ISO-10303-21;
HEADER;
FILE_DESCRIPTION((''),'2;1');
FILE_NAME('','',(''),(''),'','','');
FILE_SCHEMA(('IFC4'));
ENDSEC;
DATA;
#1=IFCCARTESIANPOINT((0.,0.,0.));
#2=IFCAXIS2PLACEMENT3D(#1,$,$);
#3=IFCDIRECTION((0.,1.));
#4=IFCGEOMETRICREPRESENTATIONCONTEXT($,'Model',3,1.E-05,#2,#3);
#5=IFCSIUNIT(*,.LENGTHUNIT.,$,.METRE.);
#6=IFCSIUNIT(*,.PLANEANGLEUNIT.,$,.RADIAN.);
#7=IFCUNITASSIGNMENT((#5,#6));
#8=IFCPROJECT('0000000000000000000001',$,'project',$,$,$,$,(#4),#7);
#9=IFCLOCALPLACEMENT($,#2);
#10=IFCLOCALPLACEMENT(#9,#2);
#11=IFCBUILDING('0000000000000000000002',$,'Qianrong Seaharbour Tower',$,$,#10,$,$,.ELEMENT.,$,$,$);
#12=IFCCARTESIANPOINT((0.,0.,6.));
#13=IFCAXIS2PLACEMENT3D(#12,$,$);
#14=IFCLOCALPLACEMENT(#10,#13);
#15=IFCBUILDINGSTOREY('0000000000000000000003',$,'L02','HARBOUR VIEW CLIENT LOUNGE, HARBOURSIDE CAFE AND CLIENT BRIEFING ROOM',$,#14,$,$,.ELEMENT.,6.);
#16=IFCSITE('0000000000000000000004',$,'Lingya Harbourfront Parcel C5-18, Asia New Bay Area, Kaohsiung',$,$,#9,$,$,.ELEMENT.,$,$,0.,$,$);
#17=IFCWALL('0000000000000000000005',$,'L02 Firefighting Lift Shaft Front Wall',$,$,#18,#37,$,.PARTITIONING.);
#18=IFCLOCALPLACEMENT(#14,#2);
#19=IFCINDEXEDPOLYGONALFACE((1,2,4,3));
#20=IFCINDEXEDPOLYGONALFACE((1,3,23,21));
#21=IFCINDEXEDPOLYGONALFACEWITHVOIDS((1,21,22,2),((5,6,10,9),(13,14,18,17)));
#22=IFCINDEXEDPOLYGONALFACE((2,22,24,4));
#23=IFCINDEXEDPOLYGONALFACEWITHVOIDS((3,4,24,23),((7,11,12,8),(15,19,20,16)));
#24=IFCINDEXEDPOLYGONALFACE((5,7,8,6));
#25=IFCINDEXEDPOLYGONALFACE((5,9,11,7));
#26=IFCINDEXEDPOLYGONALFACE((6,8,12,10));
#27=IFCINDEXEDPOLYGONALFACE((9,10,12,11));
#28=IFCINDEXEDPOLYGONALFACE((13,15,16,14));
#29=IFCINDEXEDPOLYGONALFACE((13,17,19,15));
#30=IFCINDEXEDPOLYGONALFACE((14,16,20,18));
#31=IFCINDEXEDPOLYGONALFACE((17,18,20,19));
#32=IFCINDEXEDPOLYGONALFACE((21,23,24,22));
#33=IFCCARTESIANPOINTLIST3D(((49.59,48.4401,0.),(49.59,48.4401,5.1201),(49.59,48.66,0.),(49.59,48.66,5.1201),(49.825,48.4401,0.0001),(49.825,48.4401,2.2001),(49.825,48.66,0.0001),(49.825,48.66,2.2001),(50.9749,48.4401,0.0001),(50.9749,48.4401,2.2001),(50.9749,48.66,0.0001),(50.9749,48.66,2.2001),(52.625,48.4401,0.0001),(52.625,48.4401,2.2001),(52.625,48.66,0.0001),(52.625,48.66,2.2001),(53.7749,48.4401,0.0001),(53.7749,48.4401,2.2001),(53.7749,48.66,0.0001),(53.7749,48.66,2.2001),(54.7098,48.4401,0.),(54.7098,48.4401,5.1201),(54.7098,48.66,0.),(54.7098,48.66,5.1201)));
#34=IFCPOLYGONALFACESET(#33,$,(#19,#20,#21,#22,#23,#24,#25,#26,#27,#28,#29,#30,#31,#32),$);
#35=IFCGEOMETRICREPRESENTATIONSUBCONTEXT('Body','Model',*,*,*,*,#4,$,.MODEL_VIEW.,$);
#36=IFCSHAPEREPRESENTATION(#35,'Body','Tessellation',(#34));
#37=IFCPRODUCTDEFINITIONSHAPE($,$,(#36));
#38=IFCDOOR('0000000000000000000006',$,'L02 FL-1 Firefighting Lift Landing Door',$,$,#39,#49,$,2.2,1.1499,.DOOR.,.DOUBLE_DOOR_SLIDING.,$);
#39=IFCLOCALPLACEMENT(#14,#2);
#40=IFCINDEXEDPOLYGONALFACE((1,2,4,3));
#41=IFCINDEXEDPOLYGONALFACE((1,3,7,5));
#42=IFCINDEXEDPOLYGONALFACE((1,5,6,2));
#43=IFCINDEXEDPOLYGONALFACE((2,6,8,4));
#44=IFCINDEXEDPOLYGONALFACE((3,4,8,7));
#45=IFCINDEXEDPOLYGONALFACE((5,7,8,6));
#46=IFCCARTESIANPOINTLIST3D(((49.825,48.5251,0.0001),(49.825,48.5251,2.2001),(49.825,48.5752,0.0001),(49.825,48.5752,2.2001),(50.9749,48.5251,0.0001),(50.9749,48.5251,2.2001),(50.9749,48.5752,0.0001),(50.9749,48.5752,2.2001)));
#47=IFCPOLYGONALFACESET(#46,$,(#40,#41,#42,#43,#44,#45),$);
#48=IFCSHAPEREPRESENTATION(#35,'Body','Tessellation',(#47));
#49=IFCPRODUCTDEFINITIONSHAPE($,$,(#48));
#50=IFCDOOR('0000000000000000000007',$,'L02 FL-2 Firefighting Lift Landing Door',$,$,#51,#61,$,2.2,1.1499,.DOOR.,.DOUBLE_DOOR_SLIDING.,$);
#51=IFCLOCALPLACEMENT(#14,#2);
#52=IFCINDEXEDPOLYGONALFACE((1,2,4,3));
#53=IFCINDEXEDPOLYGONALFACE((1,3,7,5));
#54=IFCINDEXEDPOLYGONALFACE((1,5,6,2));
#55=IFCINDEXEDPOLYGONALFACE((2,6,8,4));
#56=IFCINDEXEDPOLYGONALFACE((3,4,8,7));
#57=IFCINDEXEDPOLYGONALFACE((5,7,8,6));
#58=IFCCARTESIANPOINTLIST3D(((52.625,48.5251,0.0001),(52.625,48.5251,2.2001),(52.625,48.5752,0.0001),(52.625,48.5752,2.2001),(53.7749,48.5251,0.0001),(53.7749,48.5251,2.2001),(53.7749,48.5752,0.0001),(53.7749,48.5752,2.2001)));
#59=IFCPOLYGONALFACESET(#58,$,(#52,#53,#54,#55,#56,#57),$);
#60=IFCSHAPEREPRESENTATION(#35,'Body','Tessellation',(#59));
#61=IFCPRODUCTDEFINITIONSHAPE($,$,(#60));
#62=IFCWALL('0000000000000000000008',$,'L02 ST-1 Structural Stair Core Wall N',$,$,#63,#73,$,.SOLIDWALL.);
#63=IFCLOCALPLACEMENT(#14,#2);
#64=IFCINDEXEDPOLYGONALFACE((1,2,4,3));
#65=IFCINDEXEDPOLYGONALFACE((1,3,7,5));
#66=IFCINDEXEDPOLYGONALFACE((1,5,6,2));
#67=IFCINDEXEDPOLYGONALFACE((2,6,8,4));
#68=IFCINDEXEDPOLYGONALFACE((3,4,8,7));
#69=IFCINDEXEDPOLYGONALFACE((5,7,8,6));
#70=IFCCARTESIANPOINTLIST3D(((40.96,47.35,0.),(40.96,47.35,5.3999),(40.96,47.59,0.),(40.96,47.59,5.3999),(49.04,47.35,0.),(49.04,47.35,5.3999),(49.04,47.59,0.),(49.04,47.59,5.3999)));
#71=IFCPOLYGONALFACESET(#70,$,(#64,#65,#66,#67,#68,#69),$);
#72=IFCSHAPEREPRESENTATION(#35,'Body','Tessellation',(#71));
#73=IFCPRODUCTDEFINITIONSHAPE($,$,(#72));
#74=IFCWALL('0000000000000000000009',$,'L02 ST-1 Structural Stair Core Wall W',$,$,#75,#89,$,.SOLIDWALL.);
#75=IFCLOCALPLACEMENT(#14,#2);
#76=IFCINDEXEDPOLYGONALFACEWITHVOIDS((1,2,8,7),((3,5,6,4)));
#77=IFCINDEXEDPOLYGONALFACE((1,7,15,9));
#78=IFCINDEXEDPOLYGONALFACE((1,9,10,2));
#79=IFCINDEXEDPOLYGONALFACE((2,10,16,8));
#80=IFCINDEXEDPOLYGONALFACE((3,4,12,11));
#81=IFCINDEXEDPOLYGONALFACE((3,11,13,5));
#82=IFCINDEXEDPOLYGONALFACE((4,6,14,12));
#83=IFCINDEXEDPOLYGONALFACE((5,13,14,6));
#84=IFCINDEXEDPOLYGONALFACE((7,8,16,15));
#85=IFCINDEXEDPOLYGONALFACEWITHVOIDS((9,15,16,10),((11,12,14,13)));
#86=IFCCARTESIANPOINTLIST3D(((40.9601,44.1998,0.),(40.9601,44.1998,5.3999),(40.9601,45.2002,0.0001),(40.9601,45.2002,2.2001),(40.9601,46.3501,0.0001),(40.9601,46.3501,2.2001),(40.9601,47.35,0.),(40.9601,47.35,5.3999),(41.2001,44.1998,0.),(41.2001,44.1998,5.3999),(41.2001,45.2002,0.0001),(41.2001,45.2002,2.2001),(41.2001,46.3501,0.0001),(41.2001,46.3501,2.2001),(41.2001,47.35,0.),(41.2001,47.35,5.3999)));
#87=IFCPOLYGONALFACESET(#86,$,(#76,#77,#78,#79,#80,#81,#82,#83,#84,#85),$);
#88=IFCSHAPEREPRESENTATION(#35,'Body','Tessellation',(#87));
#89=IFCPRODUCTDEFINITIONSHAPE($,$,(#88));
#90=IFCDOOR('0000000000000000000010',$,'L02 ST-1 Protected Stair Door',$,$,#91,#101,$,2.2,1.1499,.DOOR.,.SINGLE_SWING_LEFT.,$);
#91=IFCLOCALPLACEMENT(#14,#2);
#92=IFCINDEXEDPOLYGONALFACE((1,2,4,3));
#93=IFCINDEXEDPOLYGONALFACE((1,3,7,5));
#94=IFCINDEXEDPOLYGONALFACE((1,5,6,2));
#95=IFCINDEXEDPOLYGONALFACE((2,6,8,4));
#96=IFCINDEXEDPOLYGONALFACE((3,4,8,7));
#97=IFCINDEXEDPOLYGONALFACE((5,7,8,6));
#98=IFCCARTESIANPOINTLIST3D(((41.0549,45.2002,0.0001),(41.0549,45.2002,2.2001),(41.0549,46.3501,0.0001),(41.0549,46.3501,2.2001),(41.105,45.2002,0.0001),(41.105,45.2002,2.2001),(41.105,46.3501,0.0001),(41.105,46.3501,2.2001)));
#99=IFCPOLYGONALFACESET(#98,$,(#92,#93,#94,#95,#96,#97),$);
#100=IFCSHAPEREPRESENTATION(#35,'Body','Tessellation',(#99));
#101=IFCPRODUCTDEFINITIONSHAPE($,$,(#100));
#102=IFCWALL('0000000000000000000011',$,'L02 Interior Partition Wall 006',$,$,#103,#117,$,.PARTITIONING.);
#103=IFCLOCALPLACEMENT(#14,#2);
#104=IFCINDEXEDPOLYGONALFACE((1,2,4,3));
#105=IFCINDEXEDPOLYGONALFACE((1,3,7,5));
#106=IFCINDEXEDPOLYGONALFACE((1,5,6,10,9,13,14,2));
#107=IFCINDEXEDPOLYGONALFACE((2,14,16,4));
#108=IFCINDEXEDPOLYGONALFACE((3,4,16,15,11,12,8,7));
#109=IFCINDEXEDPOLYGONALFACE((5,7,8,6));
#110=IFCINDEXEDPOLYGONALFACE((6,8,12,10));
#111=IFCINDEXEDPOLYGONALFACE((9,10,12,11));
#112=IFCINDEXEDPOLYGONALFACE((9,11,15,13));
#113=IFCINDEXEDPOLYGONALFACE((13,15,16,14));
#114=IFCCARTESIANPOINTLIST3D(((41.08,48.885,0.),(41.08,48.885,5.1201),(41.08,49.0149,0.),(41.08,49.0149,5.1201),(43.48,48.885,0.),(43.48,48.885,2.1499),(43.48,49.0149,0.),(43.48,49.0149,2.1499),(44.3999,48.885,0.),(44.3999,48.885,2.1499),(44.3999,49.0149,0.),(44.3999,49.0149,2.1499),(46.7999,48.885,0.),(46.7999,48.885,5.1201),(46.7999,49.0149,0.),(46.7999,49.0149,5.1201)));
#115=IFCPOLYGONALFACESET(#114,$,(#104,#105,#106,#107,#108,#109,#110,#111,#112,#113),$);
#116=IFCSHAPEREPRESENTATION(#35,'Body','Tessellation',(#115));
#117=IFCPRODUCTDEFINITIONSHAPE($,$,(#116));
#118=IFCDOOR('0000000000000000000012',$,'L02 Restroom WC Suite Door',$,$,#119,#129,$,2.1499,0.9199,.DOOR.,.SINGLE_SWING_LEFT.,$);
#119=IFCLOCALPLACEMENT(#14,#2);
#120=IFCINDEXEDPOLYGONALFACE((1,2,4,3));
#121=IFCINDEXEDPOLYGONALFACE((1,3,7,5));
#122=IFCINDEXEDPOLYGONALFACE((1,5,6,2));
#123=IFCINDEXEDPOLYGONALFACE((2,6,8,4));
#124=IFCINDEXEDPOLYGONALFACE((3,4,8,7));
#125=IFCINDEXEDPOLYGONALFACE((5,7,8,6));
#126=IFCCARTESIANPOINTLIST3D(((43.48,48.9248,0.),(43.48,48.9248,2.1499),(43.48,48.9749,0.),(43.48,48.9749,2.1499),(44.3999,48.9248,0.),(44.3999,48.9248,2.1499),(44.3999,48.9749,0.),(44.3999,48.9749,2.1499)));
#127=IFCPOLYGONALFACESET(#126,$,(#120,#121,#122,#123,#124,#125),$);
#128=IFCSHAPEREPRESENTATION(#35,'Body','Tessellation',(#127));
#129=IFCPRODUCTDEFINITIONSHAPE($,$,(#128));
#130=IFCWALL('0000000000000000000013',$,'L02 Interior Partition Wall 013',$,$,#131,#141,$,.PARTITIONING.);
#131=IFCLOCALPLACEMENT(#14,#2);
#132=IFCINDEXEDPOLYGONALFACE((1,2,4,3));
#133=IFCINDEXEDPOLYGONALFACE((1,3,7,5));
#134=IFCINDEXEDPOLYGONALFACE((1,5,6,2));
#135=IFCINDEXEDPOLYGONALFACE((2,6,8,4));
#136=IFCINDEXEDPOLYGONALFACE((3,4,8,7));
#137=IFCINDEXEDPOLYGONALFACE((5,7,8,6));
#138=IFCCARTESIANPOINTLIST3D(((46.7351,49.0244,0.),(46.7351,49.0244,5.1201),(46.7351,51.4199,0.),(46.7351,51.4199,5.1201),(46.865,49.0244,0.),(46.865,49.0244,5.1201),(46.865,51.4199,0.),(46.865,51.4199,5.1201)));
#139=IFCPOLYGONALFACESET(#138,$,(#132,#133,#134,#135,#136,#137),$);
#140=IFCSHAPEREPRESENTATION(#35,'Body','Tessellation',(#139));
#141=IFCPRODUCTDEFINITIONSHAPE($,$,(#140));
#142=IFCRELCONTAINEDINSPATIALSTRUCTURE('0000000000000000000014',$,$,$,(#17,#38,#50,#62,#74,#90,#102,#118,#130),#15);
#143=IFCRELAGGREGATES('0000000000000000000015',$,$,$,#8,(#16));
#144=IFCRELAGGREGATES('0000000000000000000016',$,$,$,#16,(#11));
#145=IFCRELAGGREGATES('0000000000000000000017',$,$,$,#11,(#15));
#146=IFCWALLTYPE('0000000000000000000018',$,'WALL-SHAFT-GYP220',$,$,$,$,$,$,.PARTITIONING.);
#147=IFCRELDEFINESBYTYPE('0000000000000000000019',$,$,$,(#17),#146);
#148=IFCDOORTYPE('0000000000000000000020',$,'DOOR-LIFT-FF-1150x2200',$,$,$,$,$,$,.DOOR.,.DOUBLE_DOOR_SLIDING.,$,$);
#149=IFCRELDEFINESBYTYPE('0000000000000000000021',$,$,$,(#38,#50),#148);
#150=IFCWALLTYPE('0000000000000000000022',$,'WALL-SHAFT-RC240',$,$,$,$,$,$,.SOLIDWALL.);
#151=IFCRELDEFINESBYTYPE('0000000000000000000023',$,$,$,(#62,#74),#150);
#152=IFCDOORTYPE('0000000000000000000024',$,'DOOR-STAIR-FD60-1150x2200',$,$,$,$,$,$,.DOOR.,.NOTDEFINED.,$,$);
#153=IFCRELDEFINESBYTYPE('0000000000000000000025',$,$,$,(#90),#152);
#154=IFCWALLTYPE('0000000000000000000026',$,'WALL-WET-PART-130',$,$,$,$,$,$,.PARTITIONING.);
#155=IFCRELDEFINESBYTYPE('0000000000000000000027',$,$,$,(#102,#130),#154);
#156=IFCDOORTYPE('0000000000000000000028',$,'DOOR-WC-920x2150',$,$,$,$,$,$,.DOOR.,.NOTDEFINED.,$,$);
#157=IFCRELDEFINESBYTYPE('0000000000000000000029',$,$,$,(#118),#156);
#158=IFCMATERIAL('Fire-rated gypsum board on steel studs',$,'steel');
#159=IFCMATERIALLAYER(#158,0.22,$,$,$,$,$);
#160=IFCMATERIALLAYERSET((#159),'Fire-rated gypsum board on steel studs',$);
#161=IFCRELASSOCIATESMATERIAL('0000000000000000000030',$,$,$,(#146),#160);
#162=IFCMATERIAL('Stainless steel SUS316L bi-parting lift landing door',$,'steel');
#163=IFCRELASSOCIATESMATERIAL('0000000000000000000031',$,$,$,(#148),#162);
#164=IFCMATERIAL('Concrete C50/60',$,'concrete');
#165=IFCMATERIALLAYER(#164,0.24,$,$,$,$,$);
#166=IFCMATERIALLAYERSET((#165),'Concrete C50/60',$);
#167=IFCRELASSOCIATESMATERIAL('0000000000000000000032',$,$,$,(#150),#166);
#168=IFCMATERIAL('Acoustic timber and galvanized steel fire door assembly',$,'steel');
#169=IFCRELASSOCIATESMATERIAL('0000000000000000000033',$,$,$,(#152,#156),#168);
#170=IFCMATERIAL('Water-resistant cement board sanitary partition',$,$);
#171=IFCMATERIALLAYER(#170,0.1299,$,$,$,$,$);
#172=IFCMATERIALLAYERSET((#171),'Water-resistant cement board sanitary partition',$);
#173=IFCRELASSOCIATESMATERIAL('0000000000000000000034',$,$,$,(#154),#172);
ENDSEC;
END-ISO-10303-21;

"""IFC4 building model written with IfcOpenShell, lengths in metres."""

from ifc_helpers import new_model, si_unit, direction, frame, frame_2d, origin, place, context, subcontext, project, spatial, rectangle, extrude, material, layer, layer_set, type_object, element, fill, save


model = new_model("IFC4")

# Units and contexts
model_context = context("Model", 3, precision=1e-05, world=origin(), true_north=direction((0.0, 1.0)))
body_context = subcontext(model_context, "Body", "Model", "MODEL_VIEW")
ifc_project = project(units=[si_unit("LENGTHUNIT", "METRE"), si_unit("PLANEANGLEUNIT", "RADIAN")], contexts=[model_context])

# Site, building, storey
site_placement = place(None, origin())
site = spatial("IfcSite", under=ifc_project, at=site_placement, Name="Lingya Harbourfront Parcel C5-18, Asia New Bay Area, Kaohsiung", CompositionType="ELEMENT", RefElevation=0.0)
building_placement = place(site_placement, origin())
building = spatial("IfcBuilding", under=site, at=building_placement, Name="Qianrong Seaharbour Tower", CompositionType="ELEMENT")
storey_placement = place(building_placement, frame((0.0, 0.0, 6.0)))
storey = spatial("IfcBuildingStorey", under=building, at=storey_placement, Name="L02", Description="HARBOUR VIEW CLIENT LOUNGE, HARBOURSIDE CAFE AND CLIENT BRIEFING ROOM", CompositionType="ELEMENT", Elevation=6.0)

# Shared definitions
ifc_material_1 = material(Name="Acoustic timber and galvanized steel fire door assembly", Category="steel")

# Shared definitions
ifc_material_2 = material(Name="Fire-rated gypsum board on steel studs", Category="steel")

# Wall, openings, doors
ifc_layer_1 = layer(ifc_material_2, 0.22)
ifc_layer_set_1 = layer_set([ifc_layer_1], Name="Fire-rated gypsum board on steel studs")
wall_type_1 = type_object("IfcWallType", Name="WALL-SHAFT-GYP220", PredefinedType="PARTITIONING", material=ifc_layer_set_1)
wall_1_placement = place(storey_placement, frame((54.71, 48.55, 0.0), z_axis=(0.0, 0.0, 1.0), x_axis=(-1.0, 0.0, 0.0)))
wall_1 = element("IfcWall", 1, at=wall_1_placement, inside=storey, type_object=wall_type_1, Name="L02 Firefighting Lift Shaft Front Wall", PredefinedType="PARTITIONING", context=body_context, shape_type="SweptSolid", body=[
    extrude(rectangle(XDim=5.1199, YDim=0.22, at=frame_2d((2.5601, 0.0))), origin(), (0.0, 0.0, 1.0), 5.1201),
])
opening_1_placement = place(wall_1_placement, frame((3.7351, 0.0, 0.0)))
opening_1 = element("IfcOpeningElement", 2, at=opening_1_placement, cuts=wall_1, PredefinedType="OPENING", context=body_context, shape_type="SweptSolid", body=[
    extrude(rectangle(XDim=1.1499, YDim=2.2, at=frame_2d((0.575, 1.1001))), frame((0.0, 0.1201, 0.0), z_axis=(0.0, -1.0, 0.0), x_axis=(1.0, 0.0, 0.0)), (0.0, 0.0, 1.0), 0.24),
])
opening_2_placement = place(wall_1_placement, frame((0.9351, 0.0, 0.0)))
opening_2 = element("IfcOpeningElement", 3, at=opening_2_placement, cuts=wall_1, PredefinedType="OPENING", context=body_context, shape_type="SweptSolid", body=[
    extrude(rectangle(XDim=1.1499, YDim=2.2, at=frame_2d((0.575, 1.1001))), frame((0.0, 0.1201, 0.0), z_axis=(0.0, -1.0, 0.0), x_axis=(1.0, 0.0, 0.0)), (0.0, 0.0, 1.0), 0.24),
])
ifc_material_3 = material(Name="Stainless steel SUS316L bi-parting lift landing door", Category="steel")
door_type_1 = type_object("IfcDoorType", Name="DOOR-LIFT-FF-1150x2200", OperationType="DOUBLE_DOOR_SLIDING", PredefinedType="DOOR", material=ifc_material_3)
door_1_placement = place(opening_1_placement, origin())
door_1 = element("IfcDoor", 4, at=door_1_placement, inside=storey, type_object=door_type_1, Name="L02 FL-1 Firefighting Lift Landing Door", OperationType="DOUBLE_DOOR_SLIDING", OverallHeight=2.2, OverallWidth=1.1499, PredefinedType="DOOR", context=body_context, shape_type="SweptSolid", body=[
    extrude(rectangle(XDim=1.1499, YDim=2.2, at=frame_2d((0.575, 1.1001))), frame((0.0, 0.0249, 0.0), z_axis=(0.0, -1.0, 0.0), x_axis=(1.0, 0.0, 0.0)), (0.0, 0.0, 1.0), 0.05),
])
fill(opening_1, door_1)
door_2_placement = place(opening_2_placement, origin())
door_2 = element("IfcDoor", 5, at=door_2_placement, inside=storey, type_object=door_type_1, Name="L02 FL-2 Firefighting Lift Landing Door", OperationType="DOUBLE_DOOR_SLIDING", OverallHeight=2.2, OverallWidth=1.1499, PredefinedType="DOOR", context=body_context, shape_type="SweptSolid", body=[
    extrude(rectangle(XDim=1.1499, YDim=2.2, at=frame_2d((0.575, 1.1001))), frame((0.0, 0.0249, 0.0), z_axis=(0.0, -1.0, 0.0), x_axis=(1.0, 0.0, 0.0)), (0.0, 0.0, 1.0), 0.05),
])
fill(opening_2, door_2)

# Wall
ifc_material_4 = material(Name="Concrete C50/60", Category="concrete")
ifc_layer_2 = layer(ifc_material_4, 0.24)
ifc_layer_set_2 = layer_set([ifc_layer_2], Name="Concrete C50/60")
wall_type_2 = type_object("IfcWallType", Name="WALL-SHAFT-RC240", PredefinedType="SOLIDWALL", material=ifc_layer_set_2)
wall_2_placement = place(storey_placement, frame((40.96, 47.47, 0.0), z_axis=(0.0, 0.0, 1.0), x_axis=(1.0, 0.0, 0.0)))
element("IfcWall", 6, at=wall_2_placement, inside=storey, type_object=wall_type_2, Name="L02 ST-1 Structural Stair Core Wall N", PredefinedType="SOLIDWALL", context=body_context, shape_type="SweptSolid", body=[
    extrude(rectangle(XDim=8.0801, YDim=0.24, at=frame_2d((4.04, 0.0))), origin(), (0.0, 0.0, 1.0), 5.3999),
])

# Walls, openings, doors
wall_3_placement = place(storey_placement, frame((41.0801, 47.3501, 0.0), z_axis=(0.0, 0.0, 1.0), x_axis=(0.0, -1.0, 0.0)))
wall_3 = element("IfcWall", 7, at=wall_3_placement, inside=storey, type_object=wall_type_2, Name="L02 ST-1 Structural Stair Core Wall W", PredefinedType="SOLIDWALL", context=body_context, shape_type="SweptSolid", body=[
    extrude(rectangle(XDim=3.1501, YDim=0.24, at=frame_2d((1.5752, 0.0))), origin(), (0.0, 0.0, 1.0), 5.3999),
])
opening_3_placement = place(wall_3_placement, frame((1.0, 0.0, 0.0)))
opening_3 = element("IfcOpeningElement", 8, at=opening_3_placement, cuts=wall_3, PredefinedType="OPENING", context=body_context, shape_type="SweptSolid", body=[
    extrude(rectangle(XDim=1.1499, YDim=2.2, at=frame_2d((0.575, 1.1001))), frame((0.0, 0.1299, 0.0), z_axis=(0.0, -1.0, 0.0), x_axis=(1.0, 0.0, 0.0)), (0.0, 0.0, 1.0), 0.26),
])
door_type_2 = type_object("IfcDoorType", Name="DOOR-STAIR-FD60-1150x2200", OperationType="NOTDEFINED", PredefinedType="DOOR", material=ifc_material_1)
door_3_placement = place(opening_3_placement, origin())
door_3 = element("IfcDoor", 9, at=door_3_placement, inside=storey, type_object=door_type_2, Name="L02 ST-1 Protected Stair Door", OperationType="SINGLE_SWING_LEFT", OverallHeight=2.2, OverallWidth=1.1499, PredefinedType="DOOR", context=body_context, shape_type="SweptSolid", body=[
    extrude(rectangle(XDim=1.1499, YDim=2.2, at=frame_2d((0.575, 1.1001))), frame((0.0, 0.0249, 0.0), z_axis=(0.0, -1.0, 0.0), x_axis=(1.0, 0.0, 0.0)), (0.0, 0.0, 1.0), 0.05),
])
fill(opening_3, door_3)
ifc_material_5 = material(Name="Water-resistant cement board sanitary partition")
ifc_layer_3 = layer(ifc_material_5, 0.1299)
ifc_layer_set_3 = layer_set([ifc_layer_3], Name="Water-resistant cement board sanitary partition")
wall_type_3 = type_object("IfcWallType", Name="WALL-WET-PART-130", PredefinedType="PARTITIONING", material=ifc_layer_set_3)
wall_4_placement = place(storey_placement, frame((41.0801, 48.95, 0.0), z_axis=(0.0, 0.0, 1.0), x_axis=(1.0, 0.0, 0.0)))
wall_4 = element("IfcWall", 10, at=wall_4_placement, inside=storey, type_object=wall_type_3, Name="L02 Interior Partition Wall 006", PredefinedType="PARTITIONING", context=body_context, shape_type="SweptSolid", body=[
    extrude(rectangle(XDim=5.72, YDim=0.1299, at=frame_2d((2.8599, 0.0))), origin(), (0.0, 0.0, 1.0), 5.1201),
])
opening_4_placement = place(wall_4_placement, frame((2.3999, 0.0, 0.0)))
opening_4 = element("IfcOpeningElement", 11, at=opening_4_placement, cuts=wall_4, PredefinedType="OPENING", context=body_context, shape_type="SweptSolid", body=[
    extrude(rectangle(XDim=0.9199, YDim=2.1499, at=frame_2d((0.46, 1.075))), frame((0.0, 0.075, 0.0), z_axis=(0.0, -1.0, 0.0), x_axis=(1.0, 0.0, 0.0)), (0.0, 0.0, 1.0), 0.1499),
])
door_type_3 = type_object("IfcDoorType", Name="DOOR-WC-920x2150", OperationType="NOTDEFINED", PredefinedType="DOOR", material=ifc_material_1)
door_4_placement = place(opening_4_placement, origin())
door_4 = element("IfcDoor", 12, at=door_4_placement, inside=storey, type_object=door_type_3, Name="L02 Restroom WC Suite Door", OperationType="SINGLE_SWING_LEFT", OverallHeight=2.1499, OverallWidth=0.9199, PredefinedType="DOOR", context=body_context, shape_type="SweptSolid", body=[
    extrude(rectangle(XDim=0.9199, YDim=2.1499, at=frame_2d((0.46, 1.075))), frame((0.0, 0.0249, 0.0), z_axis=(0.0, -1.0, 0.0), x_axis=(1.0, 0.0, 0.0)), (0.0, 0.0, 1.0), 0.05),
])
fill(opening_4, door_4)

# Wall
wall_5_placement = place(storey_placement, frame((46.8, 51.4199, 0.0), z_axis=(0.0, 0.0, 1.0), x_axis=(0.0, -1.0, 0.0)))
element("IfcWall", 13, at=wall_5_placement, inside=storey, type_object=wall_type_3, Name="L02 Interior Partition Wall 013", PredefinedType="PARTITIONING", context=body_context, shape_type="SweptSolid", body=[
    extrude(rectangle(XDim=2.3955, YDim=0.1299, at=frame_2d((1.1978, 0.0))), origin(), (0.0, 0.0, 1.0), 5.1201),
])

save(model, "model.ifc")
